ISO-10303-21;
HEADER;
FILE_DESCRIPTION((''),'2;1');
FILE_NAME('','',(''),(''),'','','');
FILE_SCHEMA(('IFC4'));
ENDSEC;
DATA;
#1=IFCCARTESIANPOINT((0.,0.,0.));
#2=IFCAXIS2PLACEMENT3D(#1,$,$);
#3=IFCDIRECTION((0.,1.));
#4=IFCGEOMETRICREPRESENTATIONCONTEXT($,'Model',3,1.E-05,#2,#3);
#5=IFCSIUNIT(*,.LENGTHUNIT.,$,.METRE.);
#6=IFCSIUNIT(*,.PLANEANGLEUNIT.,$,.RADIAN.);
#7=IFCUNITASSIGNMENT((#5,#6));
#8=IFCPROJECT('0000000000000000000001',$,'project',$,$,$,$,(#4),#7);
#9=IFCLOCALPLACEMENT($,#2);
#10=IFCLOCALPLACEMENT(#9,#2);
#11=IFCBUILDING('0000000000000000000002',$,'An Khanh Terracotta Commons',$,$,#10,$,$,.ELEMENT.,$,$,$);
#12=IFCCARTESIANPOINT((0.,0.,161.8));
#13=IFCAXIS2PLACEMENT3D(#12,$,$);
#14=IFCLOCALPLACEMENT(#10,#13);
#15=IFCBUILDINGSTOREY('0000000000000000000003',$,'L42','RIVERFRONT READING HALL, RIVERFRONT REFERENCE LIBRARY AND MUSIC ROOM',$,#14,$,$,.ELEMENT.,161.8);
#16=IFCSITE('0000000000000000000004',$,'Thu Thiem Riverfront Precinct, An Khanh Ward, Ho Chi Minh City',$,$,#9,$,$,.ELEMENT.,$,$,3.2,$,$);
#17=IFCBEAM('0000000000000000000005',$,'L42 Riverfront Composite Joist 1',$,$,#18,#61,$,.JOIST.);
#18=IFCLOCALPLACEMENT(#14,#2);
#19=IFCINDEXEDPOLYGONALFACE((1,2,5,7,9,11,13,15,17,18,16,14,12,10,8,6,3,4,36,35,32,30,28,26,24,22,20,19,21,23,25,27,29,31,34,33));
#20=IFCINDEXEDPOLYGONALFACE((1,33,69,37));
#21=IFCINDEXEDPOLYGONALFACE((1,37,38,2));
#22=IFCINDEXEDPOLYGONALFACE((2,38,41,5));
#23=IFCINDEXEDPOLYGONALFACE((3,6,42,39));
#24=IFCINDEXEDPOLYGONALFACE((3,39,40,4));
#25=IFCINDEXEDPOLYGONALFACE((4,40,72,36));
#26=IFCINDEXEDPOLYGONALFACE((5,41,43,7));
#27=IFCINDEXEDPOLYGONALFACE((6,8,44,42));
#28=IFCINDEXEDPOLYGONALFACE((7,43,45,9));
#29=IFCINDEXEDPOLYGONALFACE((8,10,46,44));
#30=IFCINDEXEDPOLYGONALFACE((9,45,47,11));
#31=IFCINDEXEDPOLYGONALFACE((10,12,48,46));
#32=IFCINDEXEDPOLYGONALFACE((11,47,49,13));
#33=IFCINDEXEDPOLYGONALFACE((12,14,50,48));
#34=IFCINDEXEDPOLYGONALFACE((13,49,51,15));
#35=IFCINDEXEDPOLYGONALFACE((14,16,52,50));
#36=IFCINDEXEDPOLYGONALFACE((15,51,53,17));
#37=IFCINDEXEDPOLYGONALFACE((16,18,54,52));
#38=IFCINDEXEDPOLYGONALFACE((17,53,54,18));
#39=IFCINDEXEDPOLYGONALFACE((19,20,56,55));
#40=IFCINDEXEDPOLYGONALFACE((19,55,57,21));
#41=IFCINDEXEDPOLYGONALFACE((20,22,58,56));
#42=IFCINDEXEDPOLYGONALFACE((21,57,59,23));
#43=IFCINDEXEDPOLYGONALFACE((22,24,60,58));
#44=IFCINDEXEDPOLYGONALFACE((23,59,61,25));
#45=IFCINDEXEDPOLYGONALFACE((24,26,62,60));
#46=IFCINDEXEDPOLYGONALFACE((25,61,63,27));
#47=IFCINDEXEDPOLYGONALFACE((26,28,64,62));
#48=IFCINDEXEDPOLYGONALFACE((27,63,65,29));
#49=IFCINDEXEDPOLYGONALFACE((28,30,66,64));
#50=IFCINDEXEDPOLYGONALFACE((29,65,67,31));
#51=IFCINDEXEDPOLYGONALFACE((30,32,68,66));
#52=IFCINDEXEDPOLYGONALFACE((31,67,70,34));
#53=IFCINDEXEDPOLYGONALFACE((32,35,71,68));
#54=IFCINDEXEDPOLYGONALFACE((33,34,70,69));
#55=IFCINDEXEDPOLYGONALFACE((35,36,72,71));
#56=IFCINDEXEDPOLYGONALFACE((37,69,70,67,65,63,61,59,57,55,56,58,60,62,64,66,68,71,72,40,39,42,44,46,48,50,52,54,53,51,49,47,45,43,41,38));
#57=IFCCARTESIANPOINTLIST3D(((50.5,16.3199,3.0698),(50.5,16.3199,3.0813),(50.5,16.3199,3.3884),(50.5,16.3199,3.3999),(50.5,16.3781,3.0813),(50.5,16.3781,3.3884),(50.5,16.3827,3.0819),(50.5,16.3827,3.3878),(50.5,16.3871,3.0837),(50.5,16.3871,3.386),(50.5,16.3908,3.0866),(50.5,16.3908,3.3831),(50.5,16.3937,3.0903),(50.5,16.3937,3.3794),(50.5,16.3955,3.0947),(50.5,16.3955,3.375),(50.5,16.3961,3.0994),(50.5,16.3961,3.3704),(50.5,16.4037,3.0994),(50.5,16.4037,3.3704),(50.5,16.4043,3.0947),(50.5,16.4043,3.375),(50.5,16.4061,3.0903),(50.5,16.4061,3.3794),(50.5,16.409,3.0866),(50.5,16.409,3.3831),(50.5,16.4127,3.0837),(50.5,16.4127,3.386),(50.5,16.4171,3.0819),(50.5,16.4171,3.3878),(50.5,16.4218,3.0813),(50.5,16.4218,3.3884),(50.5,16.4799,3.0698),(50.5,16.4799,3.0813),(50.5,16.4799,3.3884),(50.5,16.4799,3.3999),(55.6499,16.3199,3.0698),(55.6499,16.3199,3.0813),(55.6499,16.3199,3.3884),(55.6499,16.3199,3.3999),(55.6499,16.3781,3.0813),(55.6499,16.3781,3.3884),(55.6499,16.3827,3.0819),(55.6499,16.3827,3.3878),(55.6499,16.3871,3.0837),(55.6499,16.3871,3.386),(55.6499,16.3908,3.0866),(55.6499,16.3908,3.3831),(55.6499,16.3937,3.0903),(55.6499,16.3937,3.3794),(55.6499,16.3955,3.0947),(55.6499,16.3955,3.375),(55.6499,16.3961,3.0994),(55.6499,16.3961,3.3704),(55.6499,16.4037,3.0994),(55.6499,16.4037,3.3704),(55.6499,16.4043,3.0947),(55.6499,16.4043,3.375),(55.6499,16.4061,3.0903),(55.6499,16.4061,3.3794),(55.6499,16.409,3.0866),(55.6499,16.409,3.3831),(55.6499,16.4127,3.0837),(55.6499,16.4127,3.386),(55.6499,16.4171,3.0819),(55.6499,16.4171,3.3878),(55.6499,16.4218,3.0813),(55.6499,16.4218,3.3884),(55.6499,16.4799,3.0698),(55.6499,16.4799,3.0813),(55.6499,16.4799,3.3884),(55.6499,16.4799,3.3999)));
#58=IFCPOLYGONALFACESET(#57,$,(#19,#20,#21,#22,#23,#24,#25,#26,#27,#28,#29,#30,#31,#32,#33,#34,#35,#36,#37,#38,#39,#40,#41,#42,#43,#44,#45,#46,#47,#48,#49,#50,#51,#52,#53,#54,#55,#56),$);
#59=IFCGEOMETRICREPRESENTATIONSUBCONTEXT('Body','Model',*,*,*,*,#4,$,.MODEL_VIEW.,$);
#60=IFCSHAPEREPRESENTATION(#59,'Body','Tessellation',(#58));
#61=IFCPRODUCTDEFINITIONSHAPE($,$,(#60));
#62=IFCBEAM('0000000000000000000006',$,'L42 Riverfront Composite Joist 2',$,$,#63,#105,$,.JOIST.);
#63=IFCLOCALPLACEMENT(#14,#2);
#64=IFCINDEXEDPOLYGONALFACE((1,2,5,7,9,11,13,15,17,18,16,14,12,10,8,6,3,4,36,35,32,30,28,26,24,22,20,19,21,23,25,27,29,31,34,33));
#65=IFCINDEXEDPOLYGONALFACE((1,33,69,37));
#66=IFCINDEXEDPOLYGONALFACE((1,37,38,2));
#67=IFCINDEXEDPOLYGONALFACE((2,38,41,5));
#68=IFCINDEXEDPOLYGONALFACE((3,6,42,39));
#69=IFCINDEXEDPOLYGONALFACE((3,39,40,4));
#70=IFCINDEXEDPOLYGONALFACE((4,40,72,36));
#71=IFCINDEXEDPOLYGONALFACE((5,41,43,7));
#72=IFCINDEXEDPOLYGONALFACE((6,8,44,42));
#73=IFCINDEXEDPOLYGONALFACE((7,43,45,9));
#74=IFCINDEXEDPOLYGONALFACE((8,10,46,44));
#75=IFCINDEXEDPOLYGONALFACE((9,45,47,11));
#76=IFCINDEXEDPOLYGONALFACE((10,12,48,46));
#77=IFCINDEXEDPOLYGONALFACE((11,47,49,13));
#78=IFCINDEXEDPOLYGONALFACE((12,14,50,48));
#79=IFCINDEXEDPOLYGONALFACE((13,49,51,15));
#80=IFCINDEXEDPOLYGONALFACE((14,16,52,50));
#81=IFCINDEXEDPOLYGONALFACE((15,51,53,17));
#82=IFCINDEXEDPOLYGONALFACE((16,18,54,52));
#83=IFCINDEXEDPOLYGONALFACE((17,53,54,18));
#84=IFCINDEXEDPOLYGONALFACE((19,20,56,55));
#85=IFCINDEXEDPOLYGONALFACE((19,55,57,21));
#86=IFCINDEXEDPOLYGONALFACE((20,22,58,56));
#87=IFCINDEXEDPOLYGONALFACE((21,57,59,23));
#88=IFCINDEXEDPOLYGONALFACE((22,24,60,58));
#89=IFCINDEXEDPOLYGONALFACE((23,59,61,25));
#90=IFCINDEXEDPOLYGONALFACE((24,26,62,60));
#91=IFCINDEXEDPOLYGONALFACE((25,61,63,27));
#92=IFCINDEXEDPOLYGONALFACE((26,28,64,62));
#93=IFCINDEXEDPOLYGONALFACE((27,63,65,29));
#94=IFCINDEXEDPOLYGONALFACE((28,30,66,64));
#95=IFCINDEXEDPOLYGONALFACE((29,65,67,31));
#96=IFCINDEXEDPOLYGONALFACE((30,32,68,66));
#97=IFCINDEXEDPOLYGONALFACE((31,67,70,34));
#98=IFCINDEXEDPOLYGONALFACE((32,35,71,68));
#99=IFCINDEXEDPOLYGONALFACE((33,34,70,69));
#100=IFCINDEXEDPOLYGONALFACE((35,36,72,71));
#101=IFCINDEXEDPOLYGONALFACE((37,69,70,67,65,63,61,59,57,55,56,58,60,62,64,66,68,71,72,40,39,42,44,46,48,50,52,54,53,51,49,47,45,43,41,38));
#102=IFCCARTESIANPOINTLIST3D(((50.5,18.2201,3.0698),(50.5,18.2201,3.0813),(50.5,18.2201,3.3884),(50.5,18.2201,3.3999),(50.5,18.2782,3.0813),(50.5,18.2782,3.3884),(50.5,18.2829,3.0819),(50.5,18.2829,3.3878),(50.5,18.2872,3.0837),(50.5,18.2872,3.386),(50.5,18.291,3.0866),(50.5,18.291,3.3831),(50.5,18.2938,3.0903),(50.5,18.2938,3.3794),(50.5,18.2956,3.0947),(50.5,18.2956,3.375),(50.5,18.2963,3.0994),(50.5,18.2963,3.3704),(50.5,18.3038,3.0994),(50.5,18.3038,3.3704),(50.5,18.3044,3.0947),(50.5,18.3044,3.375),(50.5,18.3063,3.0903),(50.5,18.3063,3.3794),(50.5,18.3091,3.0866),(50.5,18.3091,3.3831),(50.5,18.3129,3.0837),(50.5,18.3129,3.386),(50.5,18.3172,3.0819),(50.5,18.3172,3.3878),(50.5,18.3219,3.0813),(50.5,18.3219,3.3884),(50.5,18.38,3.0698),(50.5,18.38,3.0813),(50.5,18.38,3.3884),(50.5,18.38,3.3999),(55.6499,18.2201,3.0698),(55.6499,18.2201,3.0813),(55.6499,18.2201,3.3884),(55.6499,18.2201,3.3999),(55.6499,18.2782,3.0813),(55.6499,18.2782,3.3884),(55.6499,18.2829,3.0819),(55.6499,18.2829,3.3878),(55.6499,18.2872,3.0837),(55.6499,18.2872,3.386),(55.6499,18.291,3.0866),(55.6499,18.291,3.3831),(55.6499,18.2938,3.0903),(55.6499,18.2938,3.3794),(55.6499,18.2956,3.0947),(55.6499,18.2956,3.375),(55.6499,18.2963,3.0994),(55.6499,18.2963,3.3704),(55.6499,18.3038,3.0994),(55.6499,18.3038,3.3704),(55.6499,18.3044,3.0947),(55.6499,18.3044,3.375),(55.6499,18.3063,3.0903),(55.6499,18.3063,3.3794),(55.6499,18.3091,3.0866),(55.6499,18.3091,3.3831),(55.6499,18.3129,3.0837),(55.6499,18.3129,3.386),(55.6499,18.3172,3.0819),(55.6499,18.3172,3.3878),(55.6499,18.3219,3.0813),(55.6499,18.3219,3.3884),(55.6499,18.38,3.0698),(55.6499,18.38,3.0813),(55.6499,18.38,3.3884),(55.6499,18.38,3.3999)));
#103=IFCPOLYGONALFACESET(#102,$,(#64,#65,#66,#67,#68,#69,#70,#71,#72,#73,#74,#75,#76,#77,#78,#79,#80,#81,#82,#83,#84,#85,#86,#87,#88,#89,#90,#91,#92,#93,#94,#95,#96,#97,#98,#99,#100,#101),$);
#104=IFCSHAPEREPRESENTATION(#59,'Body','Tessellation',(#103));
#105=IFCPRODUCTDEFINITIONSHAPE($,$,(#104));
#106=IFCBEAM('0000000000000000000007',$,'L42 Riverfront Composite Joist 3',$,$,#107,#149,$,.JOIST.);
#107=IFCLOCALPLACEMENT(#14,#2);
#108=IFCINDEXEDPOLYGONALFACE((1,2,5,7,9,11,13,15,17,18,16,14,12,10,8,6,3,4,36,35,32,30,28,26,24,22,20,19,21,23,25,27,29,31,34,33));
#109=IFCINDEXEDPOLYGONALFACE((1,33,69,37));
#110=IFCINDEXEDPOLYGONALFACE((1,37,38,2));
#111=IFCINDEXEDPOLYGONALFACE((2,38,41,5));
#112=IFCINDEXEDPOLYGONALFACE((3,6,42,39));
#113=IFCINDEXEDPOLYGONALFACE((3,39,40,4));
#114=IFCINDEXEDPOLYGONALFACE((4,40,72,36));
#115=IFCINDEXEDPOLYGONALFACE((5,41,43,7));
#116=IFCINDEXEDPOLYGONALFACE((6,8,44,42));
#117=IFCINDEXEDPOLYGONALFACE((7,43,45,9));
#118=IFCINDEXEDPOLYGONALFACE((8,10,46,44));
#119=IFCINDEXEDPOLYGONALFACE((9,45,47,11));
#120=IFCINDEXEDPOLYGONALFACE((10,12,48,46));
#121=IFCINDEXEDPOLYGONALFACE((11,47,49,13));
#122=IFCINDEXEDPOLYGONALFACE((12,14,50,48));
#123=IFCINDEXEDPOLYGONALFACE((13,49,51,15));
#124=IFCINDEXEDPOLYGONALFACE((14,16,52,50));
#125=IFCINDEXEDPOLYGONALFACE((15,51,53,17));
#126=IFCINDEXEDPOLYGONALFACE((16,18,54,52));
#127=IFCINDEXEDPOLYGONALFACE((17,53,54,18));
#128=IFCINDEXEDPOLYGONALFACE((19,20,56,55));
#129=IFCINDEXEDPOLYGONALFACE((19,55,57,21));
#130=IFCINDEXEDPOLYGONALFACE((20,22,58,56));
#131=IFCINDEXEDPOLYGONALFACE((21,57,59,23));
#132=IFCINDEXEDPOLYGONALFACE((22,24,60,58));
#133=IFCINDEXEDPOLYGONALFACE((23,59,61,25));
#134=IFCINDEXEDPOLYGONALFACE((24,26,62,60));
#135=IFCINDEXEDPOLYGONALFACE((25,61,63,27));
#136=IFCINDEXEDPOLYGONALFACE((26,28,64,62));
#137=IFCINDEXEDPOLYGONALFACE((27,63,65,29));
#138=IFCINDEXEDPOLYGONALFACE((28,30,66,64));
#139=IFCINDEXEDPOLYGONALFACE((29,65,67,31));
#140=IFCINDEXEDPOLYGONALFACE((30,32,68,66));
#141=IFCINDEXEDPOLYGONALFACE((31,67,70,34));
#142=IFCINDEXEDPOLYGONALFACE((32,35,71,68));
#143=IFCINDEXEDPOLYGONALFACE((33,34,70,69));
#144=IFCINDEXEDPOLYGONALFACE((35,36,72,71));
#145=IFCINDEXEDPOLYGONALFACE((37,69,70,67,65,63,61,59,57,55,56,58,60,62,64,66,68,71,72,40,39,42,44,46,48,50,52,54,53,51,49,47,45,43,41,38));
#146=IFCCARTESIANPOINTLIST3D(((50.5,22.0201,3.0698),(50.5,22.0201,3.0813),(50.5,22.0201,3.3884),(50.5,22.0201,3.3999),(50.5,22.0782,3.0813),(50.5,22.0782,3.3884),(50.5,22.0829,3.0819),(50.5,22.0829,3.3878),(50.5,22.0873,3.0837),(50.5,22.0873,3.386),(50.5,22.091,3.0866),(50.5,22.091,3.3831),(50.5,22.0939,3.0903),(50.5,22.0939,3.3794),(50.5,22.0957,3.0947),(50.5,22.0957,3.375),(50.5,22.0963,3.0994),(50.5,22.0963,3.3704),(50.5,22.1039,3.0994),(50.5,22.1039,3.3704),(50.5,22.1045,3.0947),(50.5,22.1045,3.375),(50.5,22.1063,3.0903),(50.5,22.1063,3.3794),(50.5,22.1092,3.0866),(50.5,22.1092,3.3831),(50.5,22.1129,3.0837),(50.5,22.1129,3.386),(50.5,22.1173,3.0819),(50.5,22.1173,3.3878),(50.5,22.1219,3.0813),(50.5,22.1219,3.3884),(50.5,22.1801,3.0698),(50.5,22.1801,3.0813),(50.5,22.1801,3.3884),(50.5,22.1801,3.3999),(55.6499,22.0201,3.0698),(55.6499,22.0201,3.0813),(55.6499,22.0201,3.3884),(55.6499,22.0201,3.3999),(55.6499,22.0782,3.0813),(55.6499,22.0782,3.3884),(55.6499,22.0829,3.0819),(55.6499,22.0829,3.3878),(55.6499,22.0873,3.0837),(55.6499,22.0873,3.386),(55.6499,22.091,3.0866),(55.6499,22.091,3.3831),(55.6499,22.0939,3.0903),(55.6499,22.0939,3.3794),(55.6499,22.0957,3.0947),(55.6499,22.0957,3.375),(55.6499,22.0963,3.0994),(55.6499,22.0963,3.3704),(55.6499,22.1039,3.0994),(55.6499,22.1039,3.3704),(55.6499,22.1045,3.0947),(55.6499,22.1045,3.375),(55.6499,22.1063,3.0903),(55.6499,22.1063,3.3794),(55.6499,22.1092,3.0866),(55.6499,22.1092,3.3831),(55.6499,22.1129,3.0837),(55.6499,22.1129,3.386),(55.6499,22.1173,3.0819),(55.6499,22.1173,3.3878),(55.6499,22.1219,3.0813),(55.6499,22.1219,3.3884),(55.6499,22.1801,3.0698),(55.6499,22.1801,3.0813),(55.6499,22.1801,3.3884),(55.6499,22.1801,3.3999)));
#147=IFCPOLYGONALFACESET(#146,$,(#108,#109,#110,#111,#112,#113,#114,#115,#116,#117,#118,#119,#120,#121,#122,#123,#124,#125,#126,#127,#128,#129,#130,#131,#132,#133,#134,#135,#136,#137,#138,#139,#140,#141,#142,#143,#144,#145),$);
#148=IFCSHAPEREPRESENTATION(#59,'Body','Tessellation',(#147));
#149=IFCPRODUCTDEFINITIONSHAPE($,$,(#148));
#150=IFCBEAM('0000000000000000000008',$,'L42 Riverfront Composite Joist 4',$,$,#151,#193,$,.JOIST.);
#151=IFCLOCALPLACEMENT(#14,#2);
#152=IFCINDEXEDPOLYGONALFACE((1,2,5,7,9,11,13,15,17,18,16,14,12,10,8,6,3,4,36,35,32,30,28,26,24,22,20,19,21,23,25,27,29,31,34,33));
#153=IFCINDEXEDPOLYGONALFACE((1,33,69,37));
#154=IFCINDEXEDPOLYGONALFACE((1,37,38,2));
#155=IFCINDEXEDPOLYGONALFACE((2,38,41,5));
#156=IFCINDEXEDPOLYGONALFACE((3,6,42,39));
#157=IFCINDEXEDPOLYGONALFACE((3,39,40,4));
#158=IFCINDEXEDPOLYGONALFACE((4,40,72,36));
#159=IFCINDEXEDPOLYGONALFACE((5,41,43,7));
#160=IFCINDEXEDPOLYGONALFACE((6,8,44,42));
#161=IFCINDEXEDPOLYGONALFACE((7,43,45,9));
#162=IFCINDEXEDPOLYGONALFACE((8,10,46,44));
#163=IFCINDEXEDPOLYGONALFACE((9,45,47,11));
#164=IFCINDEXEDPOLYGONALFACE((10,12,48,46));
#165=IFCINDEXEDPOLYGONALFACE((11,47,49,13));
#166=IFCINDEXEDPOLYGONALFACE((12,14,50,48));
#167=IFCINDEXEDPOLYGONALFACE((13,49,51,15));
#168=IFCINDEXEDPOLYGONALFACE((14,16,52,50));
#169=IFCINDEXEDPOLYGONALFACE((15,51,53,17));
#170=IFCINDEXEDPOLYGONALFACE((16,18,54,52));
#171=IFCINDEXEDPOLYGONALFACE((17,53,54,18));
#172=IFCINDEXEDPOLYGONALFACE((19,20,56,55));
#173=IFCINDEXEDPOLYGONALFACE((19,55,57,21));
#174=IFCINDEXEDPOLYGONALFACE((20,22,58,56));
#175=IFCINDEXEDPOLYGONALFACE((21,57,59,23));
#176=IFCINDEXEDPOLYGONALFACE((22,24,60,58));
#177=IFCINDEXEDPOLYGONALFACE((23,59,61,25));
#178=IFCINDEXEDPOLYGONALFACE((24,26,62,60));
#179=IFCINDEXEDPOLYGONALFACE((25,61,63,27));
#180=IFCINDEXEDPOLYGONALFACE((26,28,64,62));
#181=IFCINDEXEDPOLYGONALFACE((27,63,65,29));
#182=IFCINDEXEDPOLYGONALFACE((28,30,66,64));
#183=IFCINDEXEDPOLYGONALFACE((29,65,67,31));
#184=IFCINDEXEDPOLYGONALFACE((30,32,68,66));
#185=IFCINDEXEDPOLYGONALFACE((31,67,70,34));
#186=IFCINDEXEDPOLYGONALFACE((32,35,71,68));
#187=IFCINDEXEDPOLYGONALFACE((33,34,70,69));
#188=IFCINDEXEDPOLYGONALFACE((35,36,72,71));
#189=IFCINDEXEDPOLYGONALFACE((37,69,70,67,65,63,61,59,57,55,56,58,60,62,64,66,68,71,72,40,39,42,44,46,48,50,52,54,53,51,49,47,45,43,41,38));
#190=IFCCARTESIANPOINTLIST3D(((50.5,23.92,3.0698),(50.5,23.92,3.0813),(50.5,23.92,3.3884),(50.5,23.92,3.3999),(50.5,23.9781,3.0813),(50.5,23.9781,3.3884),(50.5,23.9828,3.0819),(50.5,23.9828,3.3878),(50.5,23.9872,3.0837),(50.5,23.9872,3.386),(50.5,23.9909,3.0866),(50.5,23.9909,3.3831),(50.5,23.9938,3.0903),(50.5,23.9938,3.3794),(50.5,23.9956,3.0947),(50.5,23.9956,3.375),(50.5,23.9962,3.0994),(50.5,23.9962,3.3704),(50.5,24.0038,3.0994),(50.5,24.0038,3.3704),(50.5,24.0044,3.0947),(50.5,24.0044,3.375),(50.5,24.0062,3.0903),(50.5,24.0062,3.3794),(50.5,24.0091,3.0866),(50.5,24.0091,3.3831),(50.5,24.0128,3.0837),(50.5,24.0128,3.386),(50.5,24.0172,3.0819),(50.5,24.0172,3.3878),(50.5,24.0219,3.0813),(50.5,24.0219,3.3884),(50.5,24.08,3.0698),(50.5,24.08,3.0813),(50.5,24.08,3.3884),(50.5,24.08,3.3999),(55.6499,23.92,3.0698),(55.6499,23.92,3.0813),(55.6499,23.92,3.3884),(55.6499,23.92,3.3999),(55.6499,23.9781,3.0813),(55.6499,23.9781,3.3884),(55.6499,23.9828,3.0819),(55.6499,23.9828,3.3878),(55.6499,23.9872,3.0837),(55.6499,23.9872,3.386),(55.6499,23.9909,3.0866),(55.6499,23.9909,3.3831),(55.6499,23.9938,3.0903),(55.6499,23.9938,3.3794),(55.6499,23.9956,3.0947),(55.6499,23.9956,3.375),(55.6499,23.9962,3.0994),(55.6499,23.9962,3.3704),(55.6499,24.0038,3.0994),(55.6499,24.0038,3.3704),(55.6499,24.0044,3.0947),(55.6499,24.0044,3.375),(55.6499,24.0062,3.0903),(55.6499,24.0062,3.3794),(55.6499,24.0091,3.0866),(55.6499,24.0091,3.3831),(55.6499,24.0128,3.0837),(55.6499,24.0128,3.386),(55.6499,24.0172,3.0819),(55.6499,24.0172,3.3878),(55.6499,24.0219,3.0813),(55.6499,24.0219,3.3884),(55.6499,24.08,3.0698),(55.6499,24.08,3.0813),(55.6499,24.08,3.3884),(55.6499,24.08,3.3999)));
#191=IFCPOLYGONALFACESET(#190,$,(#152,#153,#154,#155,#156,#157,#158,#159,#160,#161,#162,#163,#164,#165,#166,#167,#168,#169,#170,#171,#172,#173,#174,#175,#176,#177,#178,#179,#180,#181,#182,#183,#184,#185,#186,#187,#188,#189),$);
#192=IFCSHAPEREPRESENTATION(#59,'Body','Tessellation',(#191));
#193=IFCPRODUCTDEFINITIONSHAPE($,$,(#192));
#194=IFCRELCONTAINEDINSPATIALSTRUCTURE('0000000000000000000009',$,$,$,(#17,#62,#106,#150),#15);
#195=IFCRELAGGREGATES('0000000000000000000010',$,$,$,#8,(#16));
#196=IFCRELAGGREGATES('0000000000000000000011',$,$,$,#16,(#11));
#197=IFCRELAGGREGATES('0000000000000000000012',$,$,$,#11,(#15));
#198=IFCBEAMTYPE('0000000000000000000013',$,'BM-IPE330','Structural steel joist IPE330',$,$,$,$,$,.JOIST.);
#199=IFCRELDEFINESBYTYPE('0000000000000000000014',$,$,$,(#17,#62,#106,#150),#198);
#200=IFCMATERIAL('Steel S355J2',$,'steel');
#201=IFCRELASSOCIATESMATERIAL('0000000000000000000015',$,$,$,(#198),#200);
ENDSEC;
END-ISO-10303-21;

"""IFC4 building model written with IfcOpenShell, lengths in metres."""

from ifc_helpers import new_model, si_unit, direction, frame, origin, origin_2d, place, context, subcontext, project, spatial, i_section, extrude, material, material_profile, profile_set, type_object, element, save


model = new_model("IFC4")

# Units and contexts
model_context = context("Model", 3, precision=1e-05, world=origin(), true_north=direction((0.0, 1.0)))
body_context = subcontext(model_context, "Body", "Model", "MODEL_VIEW")
ifc_project = project(units=[si_unit("LENGTHUNIT", "METRE"), si_unit("PLANEANGLEUNIT", "RADIAN")], contexts=[model_context])

# Site, building, storey
site_placement = place(None, origin())
site = spatial("IfcSite", under=ifc_project, at=site_placement, Name="Thu Thiem Riverfront Precinct, An Khanh Ward, Ho Chi Minh City", CompositionType="ELEMENT", RefElevation=3.2)
building_placement = place(site_placement, origin())
building = spatial("IfcBuilding", under=site, at=building_placement, Name="An Khanh Terracotta Commons", CompositionType="ELEMENT")
storey_placement = place(building_placement, frame((0.0, 0.0, 161.8)))
storey = spatial("IfcBuildingStorey", under=building, at=storey_placement, Name="L42", Description="RIVERFRONT READING HALL, RIVERFRONT REFERENCE LIBRARY AND MUSIC ROOM", CompositionType="ELEMENT", Elevation=161.8)

# Beams
ifc_material_1 = material(Name="Steel S355J2", Category="steel")
ifc_material_profile_1 = material_profile(ifc_material_1, i_section(OverallWidth=0.1599, OverallDepth=0.3301, WebThickness=0.0076, FlangeThickness=0.0115, FilletRadius=0.0181, at=origin_2d()), Name="IPE330")
ifc_profile_set_1 = profile_set([ifc_material_profile_1], Name="Steel S355J2")
beam_type_1 = type_object("IfcBeamType", Name="BM-IPE330", Description="Structural steel joist IPE330", PredefinedType="JOIST", material=ifc_profile_set_1)
for number, where, z_axis, x_axis, name in (
    (1, (50.5, 16.3999, 3.2349), (1.0, 0.0, 0.0), (0.0, 1.0, 0.0), "L42 Riverfront Composite Joist 1"),
    (2, (50.5, 18.3, 3.2349), (1.0, 0.0, 0.0), (0.0, 1.0, 0.0), "L42 Riverfront Composite Joist 2"),
    (3, (50.5, 22.1001, 3.2349), (1.0, 0.0, 0.0), (0.0, 1.0, 0.0), "L42 Riverfront Composite Joist 3"),
    (4, (50.5, 24.0, 3.2349), (1.0, 0.0, 0.0), (0.0, 1.0, 0.0), "L42 Riverfront Composite Joist 4"),
):
    element("IfcBeam", number, at=place(storey_placement, frame(where, z_axis=z_axis, x_axis=x_axis)), inside=storey, type_object=beam_type_1, Name=name, PredefinedType="JOIST", context=body_context, shape_type="SweptSolid", body=[
        extrude(i_section(OverallWidth=0.1599, OverallDepth=0.3301, WebThickness=0.0076, FlangeThickness=0.0115, FilletRadius=0.0181, at=origin_2d()), origin(), (0.0, 0.0, 1.0), 5.1499),
    ])

save(model, "model.ifc")
